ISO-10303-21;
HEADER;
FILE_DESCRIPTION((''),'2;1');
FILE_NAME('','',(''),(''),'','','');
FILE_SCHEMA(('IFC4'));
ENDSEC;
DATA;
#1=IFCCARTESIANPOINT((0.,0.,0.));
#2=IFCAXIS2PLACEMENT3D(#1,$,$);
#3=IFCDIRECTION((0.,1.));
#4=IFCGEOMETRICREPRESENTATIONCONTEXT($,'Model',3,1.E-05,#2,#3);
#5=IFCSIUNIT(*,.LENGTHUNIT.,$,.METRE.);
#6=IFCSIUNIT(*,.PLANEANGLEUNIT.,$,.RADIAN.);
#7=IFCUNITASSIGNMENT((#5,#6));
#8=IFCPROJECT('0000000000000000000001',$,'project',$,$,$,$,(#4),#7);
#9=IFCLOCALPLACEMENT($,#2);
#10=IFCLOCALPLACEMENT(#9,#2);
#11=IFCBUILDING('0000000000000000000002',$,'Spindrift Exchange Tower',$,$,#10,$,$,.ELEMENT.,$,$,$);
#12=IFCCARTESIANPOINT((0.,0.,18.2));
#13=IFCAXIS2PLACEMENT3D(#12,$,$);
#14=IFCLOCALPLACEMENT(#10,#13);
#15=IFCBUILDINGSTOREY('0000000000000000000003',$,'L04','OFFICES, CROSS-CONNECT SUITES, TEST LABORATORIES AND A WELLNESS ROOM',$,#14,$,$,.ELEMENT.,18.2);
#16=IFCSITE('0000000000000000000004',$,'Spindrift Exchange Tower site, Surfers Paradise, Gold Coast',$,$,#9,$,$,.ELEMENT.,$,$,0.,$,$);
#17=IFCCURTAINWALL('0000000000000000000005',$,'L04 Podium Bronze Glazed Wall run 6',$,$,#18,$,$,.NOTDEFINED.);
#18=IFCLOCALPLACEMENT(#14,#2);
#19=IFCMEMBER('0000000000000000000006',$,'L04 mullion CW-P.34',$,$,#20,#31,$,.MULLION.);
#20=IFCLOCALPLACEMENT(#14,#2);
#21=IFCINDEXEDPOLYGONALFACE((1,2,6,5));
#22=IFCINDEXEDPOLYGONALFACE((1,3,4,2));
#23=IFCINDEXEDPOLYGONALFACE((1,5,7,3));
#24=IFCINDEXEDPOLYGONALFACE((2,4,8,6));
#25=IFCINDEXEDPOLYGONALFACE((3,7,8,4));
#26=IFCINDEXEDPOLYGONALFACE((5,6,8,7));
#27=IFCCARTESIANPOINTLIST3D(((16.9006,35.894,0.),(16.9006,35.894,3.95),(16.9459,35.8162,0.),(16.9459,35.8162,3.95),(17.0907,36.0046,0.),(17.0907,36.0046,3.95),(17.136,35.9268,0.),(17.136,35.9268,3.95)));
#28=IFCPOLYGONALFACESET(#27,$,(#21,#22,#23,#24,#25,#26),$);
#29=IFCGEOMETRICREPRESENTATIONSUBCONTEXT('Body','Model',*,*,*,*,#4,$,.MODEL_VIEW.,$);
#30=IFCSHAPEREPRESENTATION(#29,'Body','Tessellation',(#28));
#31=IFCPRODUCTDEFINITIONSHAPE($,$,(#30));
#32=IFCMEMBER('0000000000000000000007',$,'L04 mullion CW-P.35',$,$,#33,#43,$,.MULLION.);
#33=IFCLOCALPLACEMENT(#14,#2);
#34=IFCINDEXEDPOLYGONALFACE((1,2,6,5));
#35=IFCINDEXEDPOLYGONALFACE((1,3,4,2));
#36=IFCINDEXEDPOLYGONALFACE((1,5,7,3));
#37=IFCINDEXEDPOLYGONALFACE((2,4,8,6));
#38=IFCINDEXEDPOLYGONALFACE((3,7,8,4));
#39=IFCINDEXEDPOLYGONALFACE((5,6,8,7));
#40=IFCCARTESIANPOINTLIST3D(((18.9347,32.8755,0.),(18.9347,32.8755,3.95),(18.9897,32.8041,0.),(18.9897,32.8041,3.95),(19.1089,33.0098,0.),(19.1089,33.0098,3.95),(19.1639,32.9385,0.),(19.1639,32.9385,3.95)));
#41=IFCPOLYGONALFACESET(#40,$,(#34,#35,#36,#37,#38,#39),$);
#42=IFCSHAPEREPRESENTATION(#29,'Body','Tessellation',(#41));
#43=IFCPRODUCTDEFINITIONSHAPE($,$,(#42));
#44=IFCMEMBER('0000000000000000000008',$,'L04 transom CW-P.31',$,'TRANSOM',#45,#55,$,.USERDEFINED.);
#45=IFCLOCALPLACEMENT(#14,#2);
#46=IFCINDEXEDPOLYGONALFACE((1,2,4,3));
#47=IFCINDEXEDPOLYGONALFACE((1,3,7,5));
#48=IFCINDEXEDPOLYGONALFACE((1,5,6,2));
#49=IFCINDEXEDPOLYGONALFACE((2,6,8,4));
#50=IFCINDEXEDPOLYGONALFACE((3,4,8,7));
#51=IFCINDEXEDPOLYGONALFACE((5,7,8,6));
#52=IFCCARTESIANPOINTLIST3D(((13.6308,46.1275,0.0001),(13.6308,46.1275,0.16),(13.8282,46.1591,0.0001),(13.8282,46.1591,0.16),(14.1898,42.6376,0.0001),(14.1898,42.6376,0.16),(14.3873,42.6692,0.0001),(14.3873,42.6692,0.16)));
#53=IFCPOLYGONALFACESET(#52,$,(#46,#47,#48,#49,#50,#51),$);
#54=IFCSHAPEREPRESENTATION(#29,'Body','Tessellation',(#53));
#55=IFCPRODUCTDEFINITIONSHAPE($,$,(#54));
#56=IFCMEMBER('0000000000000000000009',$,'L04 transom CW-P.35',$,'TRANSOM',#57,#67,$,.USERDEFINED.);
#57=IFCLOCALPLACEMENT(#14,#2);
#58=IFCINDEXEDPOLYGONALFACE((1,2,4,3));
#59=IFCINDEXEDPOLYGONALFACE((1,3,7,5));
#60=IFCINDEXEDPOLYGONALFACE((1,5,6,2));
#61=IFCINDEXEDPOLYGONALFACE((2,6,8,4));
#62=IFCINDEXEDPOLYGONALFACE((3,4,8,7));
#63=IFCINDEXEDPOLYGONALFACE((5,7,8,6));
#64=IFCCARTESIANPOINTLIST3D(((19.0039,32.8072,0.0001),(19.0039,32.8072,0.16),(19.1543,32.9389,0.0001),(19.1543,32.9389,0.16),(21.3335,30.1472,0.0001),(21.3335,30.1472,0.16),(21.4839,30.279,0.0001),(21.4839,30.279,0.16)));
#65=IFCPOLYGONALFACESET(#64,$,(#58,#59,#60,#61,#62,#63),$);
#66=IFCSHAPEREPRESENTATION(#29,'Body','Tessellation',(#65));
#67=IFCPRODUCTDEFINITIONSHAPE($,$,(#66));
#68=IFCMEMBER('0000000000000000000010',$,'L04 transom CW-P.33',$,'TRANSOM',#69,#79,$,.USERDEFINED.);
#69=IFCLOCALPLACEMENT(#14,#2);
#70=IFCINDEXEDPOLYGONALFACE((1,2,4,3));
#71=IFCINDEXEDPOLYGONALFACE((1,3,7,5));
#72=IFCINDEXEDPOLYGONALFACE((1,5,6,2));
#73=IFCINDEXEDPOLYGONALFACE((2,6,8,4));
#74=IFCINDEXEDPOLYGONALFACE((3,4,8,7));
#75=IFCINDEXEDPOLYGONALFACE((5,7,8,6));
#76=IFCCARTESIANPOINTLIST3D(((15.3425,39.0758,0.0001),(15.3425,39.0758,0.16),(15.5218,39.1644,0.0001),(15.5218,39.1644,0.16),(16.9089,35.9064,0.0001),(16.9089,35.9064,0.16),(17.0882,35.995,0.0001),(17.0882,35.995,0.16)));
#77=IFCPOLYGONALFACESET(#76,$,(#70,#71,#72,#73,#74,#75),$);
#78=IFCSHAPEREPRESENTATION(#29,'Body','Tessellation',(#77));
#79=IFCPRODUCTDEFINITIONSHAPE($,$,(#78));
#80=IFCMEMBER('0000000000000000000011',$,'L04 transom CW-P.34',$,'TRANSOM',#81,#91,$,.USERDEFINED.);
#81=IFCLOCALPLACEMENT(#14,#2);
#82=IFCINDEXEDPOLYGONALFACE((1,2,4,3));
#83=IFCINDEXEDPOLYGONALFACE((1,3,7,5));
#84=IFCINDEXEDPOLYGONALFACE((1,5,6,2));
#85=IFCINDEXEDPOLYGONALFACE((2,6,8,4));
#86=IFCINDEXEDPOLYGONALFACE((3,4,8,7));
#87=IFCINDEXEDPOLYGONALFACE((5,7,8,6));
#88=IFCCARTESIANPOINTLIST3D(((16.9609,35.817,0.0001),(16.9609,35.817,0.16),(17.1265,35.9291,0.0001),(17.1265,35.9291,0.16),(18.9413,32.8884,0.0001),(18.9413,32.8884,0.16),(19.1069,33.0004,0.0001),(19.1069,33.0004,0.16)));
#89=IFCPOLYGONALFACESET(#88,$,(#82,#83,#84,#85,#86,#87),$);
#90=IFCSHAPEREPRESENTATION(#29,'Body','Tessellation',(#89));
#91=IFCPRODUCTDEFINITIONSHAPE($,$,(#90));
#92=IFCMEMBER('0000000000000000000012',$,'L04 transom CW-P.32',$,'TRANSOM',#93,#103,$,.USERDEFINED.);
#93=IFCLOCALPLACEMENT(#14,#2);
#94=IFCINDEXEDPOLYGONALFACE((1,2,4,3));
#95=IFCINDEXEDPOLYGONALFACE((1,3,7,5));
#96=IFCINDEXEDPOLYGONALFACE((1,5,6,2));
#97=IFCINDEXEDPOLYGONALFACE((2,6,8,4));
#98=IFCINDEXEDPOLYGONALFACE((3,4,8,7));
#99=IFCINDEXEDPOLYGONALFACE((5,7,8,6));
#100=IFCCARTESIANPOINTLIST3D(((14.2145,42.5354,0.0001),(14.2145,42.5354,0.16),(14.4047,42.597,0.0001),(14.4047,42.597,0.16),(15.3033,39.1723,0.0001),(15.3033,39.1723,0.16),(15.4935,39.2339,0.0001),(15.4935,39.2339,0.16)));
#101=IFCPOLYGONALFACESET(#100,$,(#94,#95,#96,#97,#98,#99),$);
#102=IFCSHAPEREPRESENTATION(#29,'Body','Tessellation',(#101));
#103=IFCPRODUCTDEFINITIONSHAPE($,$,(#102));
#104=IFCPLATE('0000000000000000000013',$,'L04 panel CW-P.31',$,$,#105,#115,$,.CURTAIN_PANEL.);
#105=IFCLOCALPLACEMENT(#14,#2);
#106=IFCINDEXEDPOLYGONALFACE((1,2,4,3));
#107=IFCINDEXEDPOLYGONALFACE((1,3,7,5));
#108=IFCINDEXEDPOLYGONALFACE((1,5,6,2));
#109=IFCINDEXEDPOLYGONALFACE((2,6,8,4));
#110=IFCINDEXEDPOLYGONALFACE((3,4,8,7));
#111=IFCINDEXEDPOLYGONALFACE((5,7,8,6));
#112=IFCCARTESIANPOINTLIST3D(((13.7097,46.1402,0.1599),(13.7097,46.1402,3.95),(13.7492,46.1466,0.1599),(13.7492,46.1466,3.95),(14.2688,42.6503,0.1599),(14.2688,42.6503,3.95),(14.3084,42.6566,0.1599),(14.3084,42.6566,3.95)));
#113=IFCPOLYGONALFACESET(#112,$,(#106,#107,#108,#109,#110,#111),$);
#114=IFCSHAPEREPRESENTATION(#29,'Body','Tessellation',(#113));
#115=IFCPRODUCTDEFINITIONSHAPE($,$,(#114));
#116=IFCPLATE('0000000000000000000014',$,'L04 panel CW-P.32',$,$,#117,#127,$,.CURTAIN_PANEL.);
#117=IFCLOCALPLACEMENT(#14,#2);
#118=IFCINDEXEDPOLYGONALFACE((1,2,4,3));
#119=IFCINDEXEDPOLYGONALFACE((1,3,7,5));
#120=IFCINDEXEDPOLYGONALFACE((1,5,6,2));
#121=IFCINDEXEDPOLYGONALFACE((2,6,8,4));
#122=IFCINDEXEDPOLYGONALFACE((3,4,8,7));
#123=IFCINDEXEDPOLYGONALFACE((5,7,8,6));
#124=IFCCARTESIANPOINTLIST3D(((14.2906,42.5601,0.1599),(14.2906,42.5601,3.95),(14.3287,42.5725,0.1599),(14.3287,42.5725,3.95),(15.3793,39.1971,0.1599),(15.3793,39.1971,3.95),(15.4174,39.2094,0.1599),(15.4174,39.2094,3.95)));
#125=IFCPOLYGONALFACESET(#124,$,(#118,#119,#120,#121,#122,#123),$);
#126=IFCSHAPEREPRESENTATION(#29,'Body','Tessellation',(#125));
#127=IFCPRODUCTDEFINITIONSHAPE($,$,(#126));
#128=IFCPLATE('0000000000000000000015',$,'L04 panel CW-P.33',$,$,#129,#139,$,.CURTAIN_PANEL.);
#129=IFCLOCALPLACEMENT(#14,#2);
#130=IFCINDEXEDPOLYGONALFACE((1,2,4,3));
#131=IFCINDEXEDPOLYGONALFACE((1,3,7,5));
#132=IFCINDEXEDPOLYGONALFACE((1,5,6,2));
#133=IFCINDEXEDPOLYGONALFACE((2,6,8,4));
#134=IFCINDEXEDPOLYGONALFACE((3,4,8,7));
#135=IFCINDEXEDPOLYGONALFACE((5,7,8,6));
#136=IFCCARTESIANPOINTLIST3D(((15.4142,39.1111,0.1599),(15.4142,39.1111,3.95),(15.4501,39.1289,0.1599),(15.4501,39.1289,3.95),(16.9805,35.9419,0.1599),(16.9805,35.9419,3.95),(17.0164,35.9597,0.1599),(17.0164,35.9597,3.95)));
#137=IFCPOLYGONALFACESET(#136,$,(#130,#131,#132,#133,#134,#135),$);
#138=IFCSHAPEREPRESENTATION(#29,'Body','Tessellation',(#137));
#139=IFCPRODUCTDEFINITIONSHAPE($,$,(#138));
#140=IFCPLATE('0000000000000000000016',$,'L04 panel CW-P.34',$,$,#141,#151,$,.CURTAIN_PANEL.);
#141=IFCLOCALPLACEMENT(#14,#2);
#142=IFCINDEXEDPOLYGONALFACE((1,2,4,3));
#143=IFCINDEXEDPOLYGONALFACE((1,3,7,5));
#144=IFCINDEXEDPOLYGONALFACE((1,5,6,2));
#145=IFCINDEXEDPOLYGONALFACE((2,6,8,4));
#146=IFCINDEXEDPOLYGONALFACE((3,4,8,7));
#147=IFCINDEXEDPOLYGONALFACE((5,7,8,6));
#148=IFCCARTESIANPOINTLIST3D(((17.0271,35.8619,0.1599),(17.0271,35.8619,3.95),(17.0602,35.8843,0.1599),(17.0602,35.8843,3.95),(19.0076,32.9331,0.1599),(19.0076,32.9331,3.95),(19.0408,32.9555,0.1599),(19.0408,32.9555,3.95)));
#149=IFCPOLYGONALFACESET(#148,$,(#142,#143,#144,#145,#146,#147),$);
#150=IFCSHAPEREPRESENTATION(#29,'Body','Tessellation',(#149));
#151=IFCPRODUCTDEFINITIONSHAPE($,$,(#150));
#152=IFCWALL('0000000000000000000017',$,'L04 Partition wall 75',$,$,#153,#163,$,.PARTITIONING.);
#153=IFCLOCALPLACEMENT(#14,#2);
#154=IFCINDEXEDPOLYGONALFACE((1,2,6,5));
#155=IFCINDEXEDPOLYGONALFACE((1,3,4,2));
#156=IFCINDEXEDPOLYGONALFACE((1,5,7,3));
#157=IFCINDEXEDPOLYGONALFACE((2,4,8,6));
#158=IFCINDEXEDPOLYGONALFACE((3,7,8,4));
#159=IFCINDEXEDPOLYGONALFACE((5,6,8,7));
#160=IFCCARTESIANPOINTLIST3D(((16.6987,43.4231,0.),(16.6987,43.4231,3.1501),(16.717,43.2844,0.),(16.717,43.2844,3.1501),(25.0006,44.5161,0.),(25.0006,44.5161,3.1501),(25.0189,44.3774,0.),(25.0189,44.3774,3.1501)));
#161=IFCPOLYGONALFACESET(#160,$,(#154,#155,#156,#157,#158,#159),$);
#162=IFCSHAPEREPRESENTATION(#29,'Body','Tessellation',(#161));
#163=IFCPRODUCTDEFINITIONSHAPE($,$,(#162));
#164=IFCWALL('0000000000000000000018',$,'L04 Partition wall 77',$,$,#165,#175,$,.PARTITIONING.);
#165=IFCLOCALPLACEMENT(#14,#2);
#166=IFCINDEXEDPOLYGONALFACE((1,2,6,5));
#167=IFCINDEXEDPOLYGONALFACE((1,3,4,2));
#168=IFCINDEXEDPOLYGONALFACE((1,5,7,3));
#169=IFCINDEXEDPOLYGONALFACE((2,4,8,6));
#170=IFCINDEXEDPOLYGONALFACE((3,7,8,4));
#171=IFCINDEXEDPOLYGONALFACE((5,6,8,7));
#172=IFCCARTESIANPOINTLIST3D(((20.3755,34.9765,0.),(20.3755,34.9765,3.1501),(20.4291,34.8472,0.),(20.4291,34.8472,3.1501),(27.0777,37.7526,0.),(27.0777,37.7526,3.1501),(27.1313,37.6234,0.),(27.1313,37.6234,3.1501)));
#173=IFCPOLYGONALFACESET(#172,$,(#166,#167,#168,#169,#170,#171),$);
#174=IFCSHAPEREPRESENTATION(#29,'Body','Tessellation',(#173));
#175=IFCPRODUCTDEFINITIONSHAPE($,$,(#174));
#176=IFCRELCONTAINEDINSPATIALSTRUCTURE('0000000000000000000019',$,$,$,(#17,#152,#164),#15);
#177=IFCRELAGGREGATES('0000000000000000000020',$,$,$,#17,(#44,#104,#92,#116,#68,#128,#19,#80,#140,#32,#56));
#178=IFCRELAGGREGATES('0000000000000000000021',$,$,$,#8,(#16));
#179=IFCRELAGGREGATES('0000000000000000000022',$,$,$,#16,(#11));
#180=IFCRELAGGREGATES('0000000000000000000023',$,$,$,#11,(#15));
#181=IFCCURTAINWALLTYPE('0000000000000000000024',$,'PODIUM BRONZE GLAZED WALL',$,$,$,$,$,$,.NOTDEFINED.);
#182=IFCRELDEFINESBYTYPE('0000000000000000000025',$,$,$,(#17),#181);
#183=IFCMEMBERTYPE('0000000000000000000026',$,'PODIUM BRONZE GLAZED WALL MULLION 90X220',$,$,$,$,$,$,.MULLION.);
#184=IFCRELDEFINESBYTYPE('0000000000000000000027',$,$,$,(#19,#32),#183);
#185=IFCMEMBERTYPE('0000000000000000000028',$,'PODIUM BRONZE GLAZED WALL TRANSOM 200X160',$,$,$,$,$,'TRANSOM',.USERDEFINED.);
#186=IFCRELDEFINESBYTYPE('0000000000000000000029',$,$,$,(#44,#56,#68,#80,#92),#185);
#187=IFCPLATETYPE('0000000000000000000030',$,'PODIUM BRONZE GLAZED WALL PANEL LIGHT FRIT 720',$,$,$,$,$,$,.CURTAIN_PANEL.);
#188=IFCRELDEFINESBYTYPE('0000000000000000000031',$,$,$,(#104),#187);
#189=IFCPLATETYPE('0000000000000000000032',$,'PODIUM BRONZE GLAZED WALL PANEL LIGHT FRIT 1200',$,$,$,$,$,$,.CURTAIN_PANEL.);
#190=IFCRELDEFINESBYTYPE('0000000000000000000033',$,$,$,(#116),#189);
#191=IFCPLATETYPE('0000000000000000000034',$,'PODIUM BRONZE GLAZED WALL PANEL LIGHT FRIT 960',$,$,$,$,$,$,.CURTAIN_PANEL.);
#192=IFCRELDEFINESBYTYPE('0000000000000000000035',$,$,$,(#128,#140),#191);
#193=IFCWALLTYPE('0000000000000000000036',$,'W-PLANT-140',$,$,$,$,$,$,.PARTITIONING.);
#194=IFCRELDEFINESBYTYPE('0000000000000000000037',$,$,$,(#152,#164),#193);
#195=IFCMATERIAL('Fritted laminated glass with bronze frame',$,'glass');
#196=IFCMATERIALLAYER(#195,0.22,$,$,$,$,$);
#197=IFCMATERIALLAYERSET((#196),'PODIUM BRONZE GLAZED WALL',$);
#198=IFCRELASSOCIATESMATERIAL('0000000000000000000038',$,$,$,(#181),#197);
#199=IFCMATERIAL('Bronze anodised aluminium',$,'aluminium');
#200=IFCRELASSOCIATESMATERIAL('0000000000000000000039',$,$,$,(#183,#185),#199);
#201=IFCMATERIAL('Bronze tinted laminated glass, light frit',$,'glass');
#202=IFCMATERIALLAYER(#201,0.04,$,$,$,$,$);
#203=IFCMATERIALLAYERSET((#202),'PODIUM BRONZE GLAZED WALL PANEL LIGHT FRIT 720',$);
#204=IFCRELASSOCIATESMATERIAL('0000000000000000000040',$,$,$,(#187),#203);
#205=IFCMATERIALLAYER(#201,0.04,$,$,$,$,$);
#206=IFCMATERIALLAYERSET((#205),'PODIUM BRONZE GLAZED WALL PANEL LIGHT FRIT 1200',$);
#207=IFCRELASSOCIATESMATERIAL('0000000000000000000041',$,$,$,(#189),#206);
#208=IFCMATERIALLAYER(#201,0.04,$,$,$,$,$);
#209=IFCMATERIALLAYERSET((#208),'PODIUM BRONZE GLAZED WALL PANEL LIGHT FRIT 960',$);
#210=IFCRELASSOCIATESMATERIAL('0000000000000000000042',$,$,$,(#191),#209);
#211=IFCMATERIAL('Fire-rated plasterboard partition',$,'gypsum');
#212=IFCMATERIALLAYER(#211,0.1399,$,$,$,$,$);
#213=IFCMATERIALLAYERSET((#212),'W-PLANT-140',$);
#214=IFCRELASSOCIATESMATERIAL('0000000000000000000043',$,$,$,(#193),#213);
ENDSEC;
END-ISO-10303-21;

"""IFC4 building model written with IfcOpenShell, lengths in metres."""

from ifc_helpers import new_model, si_unit, direction, frame, frame_2d, origin, origin_2d, place, context, subcontext, project, spatial, rectangle, extrude, source, transform, mapped, material, layer, layer_set, material_profile, profile_set, type_object, element, aggregate, save


model = new_model("IFC4")

# Units and contexts
model_context = context("Model", 3, precision=1e-05, world=origin(), true_north=direction((0.0, 1.0)))
body_context = subcontext(model_context, "Body", "Model", "MODEL_VIEW")
ifc_project = project(units=[si_unit("LENGTHUNIT", "METRE"), si_unit("PLANEANGLEUNIT", "RADIAN")], contexts=[model_context])

# Site, building, storey
site_placement = place(None, origin())
site = spatial("IfcSite", under=ifc_project, at=site_placement, Name="Spindrift Exchange Tower site, Surfers Paradise, Gold Coast", CompositionType="ELEMENT", RefElevation=0.0)
building_placement = place(site_placement, origin())
building = spatial("IfcBuilding", under=site, at=building_placement, Name="Spindrift Exchange Tower", CompositionType="ELEMENT")
storey_placement = place(building_placement, frame((0.0, 0.0, 18.2)))
storey = spatial("IfcBuildingStorey", under=building, at=storey_placement, Name="L04", Description="OFFICES, CROSS-CONNECT SUITES, TEST LABORATORIES AND A WELLNESS ROOM", CompositionType="ELEMENT", Elevation=18.2)

# Curtain wall, members, plates
ifc_material_1 = material(Name="Fritted laminated glass with bronze frame", Category="glass")
ifc_layer_1 = layer(ifc_material_1, 0.22)
ifc_layer_set_1 = layer_set([ifc_layer_1], Name="PODIUM BRONZE GLAZED WALL")
curtain_wall_type = type_object("IfcCurtainWallType", Name="PODIUM BRONZE GLAZED WALL", PredefinedType="NOTDEFINED", material=ifc_layer_set_1)
curtain_wall_placement = place(storey_placement, origin())
curtain_wall = element("IfcCurtainWall", 1, at=curtain_wall_placement, inside=storey, type_object=curtain_wall_type, Name="L04 Podium Bronze Glazed Wall run 6", PredefinedType="NOTDEFINED")
ifc_material_2 = material(Name="Bronze anodised aluminium", Category="aluminium")
ifc_material_profile_1 = material_profile(ifc_material_2, rectangle(XDim=0.0901, YDim=0.22, at=origin_2d()), Name="PODIUM BRONZE GLAZED WALL MULLION 90X220")
ifc_profile_set_1 = profile_set([ifc_material_profile_1], Name="Bronze anodised aluminium")
member_type_1 = type_object("IfcMemberType", Name="PODIUM BRONZE GLAZED WALL MULLION 90X220", PredefinedType="MULLION", material=ifc_profile_set_1)
shared_shape_1 = source(origin(), body_context, "Body", "SweptSolid", [
    extrude(rectangle(XDim=0.0901, YDim=0.22, at=origin_2d()), origin(), (0.0, 0.0, 1.0), 3.95),
])
member_1_placement = place(storey_placement, frame((17.0183, 35.9104, 0.0), z_axis=(0.0, 0.0, 1.0), x_axis=(0.502772, -0.864419, 0.0)))
member_1 = element("IfcMember", 2, at=member_1_placement, type_object=member_type_1, Name="L04 mullion CW-P.34", PredefinedType="MULLION", context=body_context, shape_type="MappedRepresentation", body=[
    mapped(shared_shape_1, transform((0.0, 0.0, 0.0), scale=1.0)),
])
member_2_placement = place(storey_placement, frame((19.0493, 32.907, 0.0), z_axis=(0.0, 0.0, 1.0), x_axis=(0.610696, -0.791865, 0.0)))
member_2 = element("IfcMember", 3, at=member_2_placement, type_object=member_type_1, Name="L04 mullion CW-P.35", PredefinedType="MULLION", context=body_context, shape_type="MappedRepresentation", body=[
    mapped(shared_shape_1, transform((0.0, 0.0, 0.0), scale=1.0)),
])
ifc_material_profile_2 = material_profile(ifc_material_2, rectangle(XDim=0.2, YDim=0.1599, at=origin_2d()), Name="PODIUM BRONZE GLAZED WALL TRANSOM 200X160")
ifc_profile_set_2 = profile_set([ifc_material_profile_2], Name="Bronze anodised aluminium")
member_type_2 = type_object("IfcMemberType", Name="PODIUM BRONZE GLAZED WALL TRANSOM 200X160", ElementType="TRANSOM", PredefinedType="USERDEFINED", material=ifc_profile_set_2)
shared_shape_2 = source(origin(), body_context, "Body", "SweptSolid", [
    extrude(rectangle(XDim=0.2, YDim=0.1599, at=origin_2d()), origin(), (0.0, 0.0, 1.0), 3.5344),
])
member_3_placement = place(storey_placement, frame((13.7295, 46.1433, 0.0801), z_axis=(0.158179, -0.98741, 0.0), x_axis=(0.98741, 0.158179, 0.0)))
member_3 = element("IfcMember", 4, at=member_3_placement, type_object=member_type_2, Name="L04 transom CW-P.31", ObjectType="TRANSOM", PredefinedType="USERDEFINED", context=body_context, shape_type="MappedRepresentation", body=[
    mapped(shared_shape_2, transform((0.0, 0.0, 0.0), scale=1.0)),
])
shared_shape_3 = source(origin(), body_context, "Body", "SweptSolid", [
    extrude(rectangle(XDim=0.2, YDim=0.1599, at=origin_2d()), origin(), (0.0, 0.0, 1.0), 3.5359),
])
member_4_placement = place(storey_placement, frame((19.0791, 32.873, 0.0801), z_axis=(0.658852, -0.752273, 0.0), x_axis=(0.752273, 0.658852, 0.0)))
member_4 = element("IfcMember", 5, at=member_4_placement, type_object=member_type_2, Name="L04 transom CW-P.35", ObjectType="TRANSOM", PredefinedType="USERDEFINED", context=body_context, shape_type="MappedRepresentation", body=[
    mapped(shared_shape_3, transform((0.0, 0.0, 0.0), scale=1.0)),
])
shared_shape_4 = source(origin(), body_context, "Body", "SweptSolid", [
    extrude(rectangle(XDim=0.2, YDim=0.1599, at=origin_2d()), origin(), (0.0, 0.0, 1.0), 3.5354),
])
member_5_placement = place(storey_placement, frame((15.4321, 39.1201, 0.0801), z_axis=(0.443065, -0.896489, 0.0), x_axis=(0.896489, 0.443065, 0.0)))
member_5 = element("IfcMember", 6, at=member_5_placement, type_object=member_type_2, Name="L04 transom CW-P.33", ObjectType="TRANSOM", PredefinedType="USERDEFINED", context=body_context, shape_type="MappedRepresentation", body=[
    mapped(shared_shape_4, transform((0.0, 0.0, 0.0), scale=1.0)),
])
member_6_placement = place(storey_placement, frame((17.0437, 35.873, 0.0801), z_axis=(0.56017, -0.828378, 0.0), x_axis=(0.828378, 0.56017, 0.0)))
member_6 = element("IfcMember", 7, at=member_6_placement, type_object=member_type_2, Name="L04 transom CW-P.34", ObjectType="TRANSOM", PredefinedType="USERDEFINED", context=body_context, shape_type="MappedRepresentation", body=[
    mapped(shared_shape_4, transform((0.0, 0.0, 0.0), scale=1.0)),
])
shared_shape_5 = source(origin(), body_context, "Body", "SweptSolid", [
    extrude(rectangle(XDim=0.2, YDim=0.1599, at=origin_2d()), origin(), (0.0, 0.0, 1.0), 3.5349),
])
member_7_placement = place(storey_placement, frame((14.3096, 42.5662, 0.0801), z_axis=(0.308032, -0.951376, 0.0), x_axis=(0.951376, 0.308032, 0.0)))
member_7 = element("IfcMember", 8, at=member_7_placement, type_object=member_type_2, Name="L04 transom CW-P.32", ObjectType="TRANSOM", PredefinedType="USERDEFINED", context=body_context, shape_type="MappedRepresentation", body=[
    mapped(shared_shape_5, transform((0.0, 0.0, 0.0), scale=1.0)),
])
ifc_material_3 = material(Name="Bronze tinted laminated glass, light frit", Category="glass")
ifc_layer_2 = layer(ifc_material_3, 0.04)
ifc_layer_set_2 = layer_set([ifc_layer_2], Name="PODIUM BRONZE GLAZED WALL PANEL LIGHT FRIT 720")
plate_type_1 = type_object("IfcPlateType", Name="PODIUM BRONZE GLAZED WALL PANEL LIGHT FRIT 720", PredefinedType="CURTAIN_PANEL", material=ifc_layer_set_2)
shared_shape_6 = source(origin(), body_context, "Body", "SweptSolid", [
    extrude(rectangle(XDim=3.5344, YDim=0.04, at=origin_2d()), origin(), (0.0, 0.0, 1.0), 3.79),
])
plate_1_placement = place(storey_placement, frame((14.009, 44.3984, 0.1599), z_axis=(0.0, 0.0, 1.0), x_axis=(0.158203, -0.987407, 0.0)))
plate_1 = element("IfcPlate", 9, at=plate_1_placement, type_object=plate_type_1, Name="L04 panel CW-P.31", PredefinedType="CURTAIN_PANEL", context=body_context, shape_type="MappedRepresentation", body=[
    mapped(shared_shape_6, transform((0.0, 0.0, 0.0), scale=1.0)),
])
ifc_layer_3 = layer(ifc_material_3, 0.04)
ifc_layer_set_3 = layer_set([ifc_layer_3], Name="PODIUM BRONZE GLAZED WALL PANEL LIGHT FRIT 1200")
plate_type_2 = type_object("IfcPlateType", Name="PODIUM BRONZE GLAZED WALL PANEL LIGHT FRIT 1200", PredefinedType="CURTAIN_PANEL", material=ifc_layer_set_3)
shared_shape_7 = source(origin(), body_context, "Body", "SweptSolid", [
    extrude(rectangle(XDim=3.5349, YDim=0.04, at=origin_2d()), origin(), (0.0, 0.0, 1.0), 3.79),
])
plate_2_placement = place(storey_placement, frame((14.854, 40.8848, 0.1599), z_axis=(0.0, 0.0, 1.0), x_axis=(0.307989, -0.95139, 0.0)))
plate_2 = element("IfcPlate", 10, at=plate_2_placement, type_object=plate_type_2, Name="L04 panel CW-P.32", PredefinedType="CURTAIN_PANEL", context=body_context, shape_type="MappedRepresentation", body=[
    mapped(shared_shape_7, transform((0.0, 0.0, 0.0), scale=1.0)),
])
ifc_layer_4 = layer(ifc_material_3, 0.04)
ifc_layer_set_4 = layer_set([ifc_layer_4], Name="PODIUM BRONZE GLAZED WALL PANEL LIGHT FRIT 960")
plate_type_3 = type_object("IfcPlateType", Name="PODIUM BRONZE GLAZED WALL PANEL LIGHT FRIT 960", PredefinedType="CURTAIN_PANEL", material=ifc_layer_set_4)
shared_shape_8 = source(origin(), body_context, "Body", "SweptSolid", [
    extrude(rectangle(XDim=3.5352, YDim=0.04, at=origin_2d()), origin(), (0.0, 0.0, 1.0), 3.79),
])
plate_3_placement = place(storey_placement, frame((16.2153, 37.5354, 0.1599), z_axis=(0.0, 0.0, 1.0), x_axis=(0.44306, -0.896492, 0.0)))
plate_3 = element("IfcPlate", 11, at=plate_3_placement, type_object=plate_type_3, Name="L04 panel CW-P.33", PredefinedType="CURTAIN_PANEL", context=body_context, shape_type="MappedRepresentation", body=[
    mapped(shared_shape_8, transform((0.0, 0.0, 0.0), scale=1.0)),
])
shared_shape_9 = source(origin(), body_context, "Body", "SweptSolid", [
    extrude(rectangle(XDim=3.5356, YDim=0.04, at=origin_2d()), origin(), (0.0, 0.0, 1.0), 3.79),
])
plate_4_placement = place(storey_placement, frame((18.0339, 34.4087, 0.1599), z_axis=(0.0, 0.0, 1.0), x_axis=(0.560175, -0.828374, 0.0)))
plate_4 = element("IfcPlate", 12, at=plate_4_placement, type_object=plate_type_3, Name="L04 panel CW-P.34", PredefinedType="CURTAIN_PANEL", context=body_context, shape_type="MappedRepresentation", body=[
    mapped(shared_shape_9, transform((0.0, 0.0, 0.0), scale=1.0)),
])
aggregate(curtain_wall, [member_3, plate_1, member_7, plate_2, member_5, plate_3, member_1, member_6, plate_4, member_2, member_4])

# Walls
ifc_material_4 = material(Name="Fire-rated plasterboard partition", Category="gypsum")
ifc_layer_5 = layer(ifc_material_4, 0.1399)
ifc_layer_set_5 = layer_set([ifc_layer_5], Name="W-PLANT-140")
wall_type = type_object("IfcWallType", Name="W-PLANT-140", PredefinedType="PARTITIONING", material=ifc_layer_set_5)
wall_1_placement = place(storey_placement, frame((25.0098, 44.4468, 0.0), z_axis=(0.0, 0.0, 1.0), x_axis=(-0.991444, -0.130531, 0.0)))
element("IfcWall", 13, at=wall_1_placement, inside=storey, type_object=wall_type, Name="L04 Partition wall 75", PredefinedType="PARTITIONING", context=body_context, shape_type="SweptSolid", body=[
    extrude(rectangle(XDim=8.3735, YDim=0.1399, at=frame_2d((4.1868, 0.0))), origin(), (0.0, 0.0, 1.0), 3.1501),
])
wall_2_placement = place(storey_placement, frame((27.1045, 37.688, 0.0), z_axis=(0.0, 0.0, 1.0), x_axis=(-0.923879, -0.382684, 0.0)))
element("IfcWall", 14, at=wall_2_placement, inside=storey, type_object=wall_type, Name="L04 Partition wall 77", PredefinedType="PARTITIONING", context=body_context, shape_type="SweptSolid", body=[
    extrude(rectangle(XDim=7.2544, YDim=0.1399, at=frame_2d((3.6272, 0.0))), origin(), (0.0, 0.0, 1.0), 3.1501),
])

save(model, "model.ifc")
